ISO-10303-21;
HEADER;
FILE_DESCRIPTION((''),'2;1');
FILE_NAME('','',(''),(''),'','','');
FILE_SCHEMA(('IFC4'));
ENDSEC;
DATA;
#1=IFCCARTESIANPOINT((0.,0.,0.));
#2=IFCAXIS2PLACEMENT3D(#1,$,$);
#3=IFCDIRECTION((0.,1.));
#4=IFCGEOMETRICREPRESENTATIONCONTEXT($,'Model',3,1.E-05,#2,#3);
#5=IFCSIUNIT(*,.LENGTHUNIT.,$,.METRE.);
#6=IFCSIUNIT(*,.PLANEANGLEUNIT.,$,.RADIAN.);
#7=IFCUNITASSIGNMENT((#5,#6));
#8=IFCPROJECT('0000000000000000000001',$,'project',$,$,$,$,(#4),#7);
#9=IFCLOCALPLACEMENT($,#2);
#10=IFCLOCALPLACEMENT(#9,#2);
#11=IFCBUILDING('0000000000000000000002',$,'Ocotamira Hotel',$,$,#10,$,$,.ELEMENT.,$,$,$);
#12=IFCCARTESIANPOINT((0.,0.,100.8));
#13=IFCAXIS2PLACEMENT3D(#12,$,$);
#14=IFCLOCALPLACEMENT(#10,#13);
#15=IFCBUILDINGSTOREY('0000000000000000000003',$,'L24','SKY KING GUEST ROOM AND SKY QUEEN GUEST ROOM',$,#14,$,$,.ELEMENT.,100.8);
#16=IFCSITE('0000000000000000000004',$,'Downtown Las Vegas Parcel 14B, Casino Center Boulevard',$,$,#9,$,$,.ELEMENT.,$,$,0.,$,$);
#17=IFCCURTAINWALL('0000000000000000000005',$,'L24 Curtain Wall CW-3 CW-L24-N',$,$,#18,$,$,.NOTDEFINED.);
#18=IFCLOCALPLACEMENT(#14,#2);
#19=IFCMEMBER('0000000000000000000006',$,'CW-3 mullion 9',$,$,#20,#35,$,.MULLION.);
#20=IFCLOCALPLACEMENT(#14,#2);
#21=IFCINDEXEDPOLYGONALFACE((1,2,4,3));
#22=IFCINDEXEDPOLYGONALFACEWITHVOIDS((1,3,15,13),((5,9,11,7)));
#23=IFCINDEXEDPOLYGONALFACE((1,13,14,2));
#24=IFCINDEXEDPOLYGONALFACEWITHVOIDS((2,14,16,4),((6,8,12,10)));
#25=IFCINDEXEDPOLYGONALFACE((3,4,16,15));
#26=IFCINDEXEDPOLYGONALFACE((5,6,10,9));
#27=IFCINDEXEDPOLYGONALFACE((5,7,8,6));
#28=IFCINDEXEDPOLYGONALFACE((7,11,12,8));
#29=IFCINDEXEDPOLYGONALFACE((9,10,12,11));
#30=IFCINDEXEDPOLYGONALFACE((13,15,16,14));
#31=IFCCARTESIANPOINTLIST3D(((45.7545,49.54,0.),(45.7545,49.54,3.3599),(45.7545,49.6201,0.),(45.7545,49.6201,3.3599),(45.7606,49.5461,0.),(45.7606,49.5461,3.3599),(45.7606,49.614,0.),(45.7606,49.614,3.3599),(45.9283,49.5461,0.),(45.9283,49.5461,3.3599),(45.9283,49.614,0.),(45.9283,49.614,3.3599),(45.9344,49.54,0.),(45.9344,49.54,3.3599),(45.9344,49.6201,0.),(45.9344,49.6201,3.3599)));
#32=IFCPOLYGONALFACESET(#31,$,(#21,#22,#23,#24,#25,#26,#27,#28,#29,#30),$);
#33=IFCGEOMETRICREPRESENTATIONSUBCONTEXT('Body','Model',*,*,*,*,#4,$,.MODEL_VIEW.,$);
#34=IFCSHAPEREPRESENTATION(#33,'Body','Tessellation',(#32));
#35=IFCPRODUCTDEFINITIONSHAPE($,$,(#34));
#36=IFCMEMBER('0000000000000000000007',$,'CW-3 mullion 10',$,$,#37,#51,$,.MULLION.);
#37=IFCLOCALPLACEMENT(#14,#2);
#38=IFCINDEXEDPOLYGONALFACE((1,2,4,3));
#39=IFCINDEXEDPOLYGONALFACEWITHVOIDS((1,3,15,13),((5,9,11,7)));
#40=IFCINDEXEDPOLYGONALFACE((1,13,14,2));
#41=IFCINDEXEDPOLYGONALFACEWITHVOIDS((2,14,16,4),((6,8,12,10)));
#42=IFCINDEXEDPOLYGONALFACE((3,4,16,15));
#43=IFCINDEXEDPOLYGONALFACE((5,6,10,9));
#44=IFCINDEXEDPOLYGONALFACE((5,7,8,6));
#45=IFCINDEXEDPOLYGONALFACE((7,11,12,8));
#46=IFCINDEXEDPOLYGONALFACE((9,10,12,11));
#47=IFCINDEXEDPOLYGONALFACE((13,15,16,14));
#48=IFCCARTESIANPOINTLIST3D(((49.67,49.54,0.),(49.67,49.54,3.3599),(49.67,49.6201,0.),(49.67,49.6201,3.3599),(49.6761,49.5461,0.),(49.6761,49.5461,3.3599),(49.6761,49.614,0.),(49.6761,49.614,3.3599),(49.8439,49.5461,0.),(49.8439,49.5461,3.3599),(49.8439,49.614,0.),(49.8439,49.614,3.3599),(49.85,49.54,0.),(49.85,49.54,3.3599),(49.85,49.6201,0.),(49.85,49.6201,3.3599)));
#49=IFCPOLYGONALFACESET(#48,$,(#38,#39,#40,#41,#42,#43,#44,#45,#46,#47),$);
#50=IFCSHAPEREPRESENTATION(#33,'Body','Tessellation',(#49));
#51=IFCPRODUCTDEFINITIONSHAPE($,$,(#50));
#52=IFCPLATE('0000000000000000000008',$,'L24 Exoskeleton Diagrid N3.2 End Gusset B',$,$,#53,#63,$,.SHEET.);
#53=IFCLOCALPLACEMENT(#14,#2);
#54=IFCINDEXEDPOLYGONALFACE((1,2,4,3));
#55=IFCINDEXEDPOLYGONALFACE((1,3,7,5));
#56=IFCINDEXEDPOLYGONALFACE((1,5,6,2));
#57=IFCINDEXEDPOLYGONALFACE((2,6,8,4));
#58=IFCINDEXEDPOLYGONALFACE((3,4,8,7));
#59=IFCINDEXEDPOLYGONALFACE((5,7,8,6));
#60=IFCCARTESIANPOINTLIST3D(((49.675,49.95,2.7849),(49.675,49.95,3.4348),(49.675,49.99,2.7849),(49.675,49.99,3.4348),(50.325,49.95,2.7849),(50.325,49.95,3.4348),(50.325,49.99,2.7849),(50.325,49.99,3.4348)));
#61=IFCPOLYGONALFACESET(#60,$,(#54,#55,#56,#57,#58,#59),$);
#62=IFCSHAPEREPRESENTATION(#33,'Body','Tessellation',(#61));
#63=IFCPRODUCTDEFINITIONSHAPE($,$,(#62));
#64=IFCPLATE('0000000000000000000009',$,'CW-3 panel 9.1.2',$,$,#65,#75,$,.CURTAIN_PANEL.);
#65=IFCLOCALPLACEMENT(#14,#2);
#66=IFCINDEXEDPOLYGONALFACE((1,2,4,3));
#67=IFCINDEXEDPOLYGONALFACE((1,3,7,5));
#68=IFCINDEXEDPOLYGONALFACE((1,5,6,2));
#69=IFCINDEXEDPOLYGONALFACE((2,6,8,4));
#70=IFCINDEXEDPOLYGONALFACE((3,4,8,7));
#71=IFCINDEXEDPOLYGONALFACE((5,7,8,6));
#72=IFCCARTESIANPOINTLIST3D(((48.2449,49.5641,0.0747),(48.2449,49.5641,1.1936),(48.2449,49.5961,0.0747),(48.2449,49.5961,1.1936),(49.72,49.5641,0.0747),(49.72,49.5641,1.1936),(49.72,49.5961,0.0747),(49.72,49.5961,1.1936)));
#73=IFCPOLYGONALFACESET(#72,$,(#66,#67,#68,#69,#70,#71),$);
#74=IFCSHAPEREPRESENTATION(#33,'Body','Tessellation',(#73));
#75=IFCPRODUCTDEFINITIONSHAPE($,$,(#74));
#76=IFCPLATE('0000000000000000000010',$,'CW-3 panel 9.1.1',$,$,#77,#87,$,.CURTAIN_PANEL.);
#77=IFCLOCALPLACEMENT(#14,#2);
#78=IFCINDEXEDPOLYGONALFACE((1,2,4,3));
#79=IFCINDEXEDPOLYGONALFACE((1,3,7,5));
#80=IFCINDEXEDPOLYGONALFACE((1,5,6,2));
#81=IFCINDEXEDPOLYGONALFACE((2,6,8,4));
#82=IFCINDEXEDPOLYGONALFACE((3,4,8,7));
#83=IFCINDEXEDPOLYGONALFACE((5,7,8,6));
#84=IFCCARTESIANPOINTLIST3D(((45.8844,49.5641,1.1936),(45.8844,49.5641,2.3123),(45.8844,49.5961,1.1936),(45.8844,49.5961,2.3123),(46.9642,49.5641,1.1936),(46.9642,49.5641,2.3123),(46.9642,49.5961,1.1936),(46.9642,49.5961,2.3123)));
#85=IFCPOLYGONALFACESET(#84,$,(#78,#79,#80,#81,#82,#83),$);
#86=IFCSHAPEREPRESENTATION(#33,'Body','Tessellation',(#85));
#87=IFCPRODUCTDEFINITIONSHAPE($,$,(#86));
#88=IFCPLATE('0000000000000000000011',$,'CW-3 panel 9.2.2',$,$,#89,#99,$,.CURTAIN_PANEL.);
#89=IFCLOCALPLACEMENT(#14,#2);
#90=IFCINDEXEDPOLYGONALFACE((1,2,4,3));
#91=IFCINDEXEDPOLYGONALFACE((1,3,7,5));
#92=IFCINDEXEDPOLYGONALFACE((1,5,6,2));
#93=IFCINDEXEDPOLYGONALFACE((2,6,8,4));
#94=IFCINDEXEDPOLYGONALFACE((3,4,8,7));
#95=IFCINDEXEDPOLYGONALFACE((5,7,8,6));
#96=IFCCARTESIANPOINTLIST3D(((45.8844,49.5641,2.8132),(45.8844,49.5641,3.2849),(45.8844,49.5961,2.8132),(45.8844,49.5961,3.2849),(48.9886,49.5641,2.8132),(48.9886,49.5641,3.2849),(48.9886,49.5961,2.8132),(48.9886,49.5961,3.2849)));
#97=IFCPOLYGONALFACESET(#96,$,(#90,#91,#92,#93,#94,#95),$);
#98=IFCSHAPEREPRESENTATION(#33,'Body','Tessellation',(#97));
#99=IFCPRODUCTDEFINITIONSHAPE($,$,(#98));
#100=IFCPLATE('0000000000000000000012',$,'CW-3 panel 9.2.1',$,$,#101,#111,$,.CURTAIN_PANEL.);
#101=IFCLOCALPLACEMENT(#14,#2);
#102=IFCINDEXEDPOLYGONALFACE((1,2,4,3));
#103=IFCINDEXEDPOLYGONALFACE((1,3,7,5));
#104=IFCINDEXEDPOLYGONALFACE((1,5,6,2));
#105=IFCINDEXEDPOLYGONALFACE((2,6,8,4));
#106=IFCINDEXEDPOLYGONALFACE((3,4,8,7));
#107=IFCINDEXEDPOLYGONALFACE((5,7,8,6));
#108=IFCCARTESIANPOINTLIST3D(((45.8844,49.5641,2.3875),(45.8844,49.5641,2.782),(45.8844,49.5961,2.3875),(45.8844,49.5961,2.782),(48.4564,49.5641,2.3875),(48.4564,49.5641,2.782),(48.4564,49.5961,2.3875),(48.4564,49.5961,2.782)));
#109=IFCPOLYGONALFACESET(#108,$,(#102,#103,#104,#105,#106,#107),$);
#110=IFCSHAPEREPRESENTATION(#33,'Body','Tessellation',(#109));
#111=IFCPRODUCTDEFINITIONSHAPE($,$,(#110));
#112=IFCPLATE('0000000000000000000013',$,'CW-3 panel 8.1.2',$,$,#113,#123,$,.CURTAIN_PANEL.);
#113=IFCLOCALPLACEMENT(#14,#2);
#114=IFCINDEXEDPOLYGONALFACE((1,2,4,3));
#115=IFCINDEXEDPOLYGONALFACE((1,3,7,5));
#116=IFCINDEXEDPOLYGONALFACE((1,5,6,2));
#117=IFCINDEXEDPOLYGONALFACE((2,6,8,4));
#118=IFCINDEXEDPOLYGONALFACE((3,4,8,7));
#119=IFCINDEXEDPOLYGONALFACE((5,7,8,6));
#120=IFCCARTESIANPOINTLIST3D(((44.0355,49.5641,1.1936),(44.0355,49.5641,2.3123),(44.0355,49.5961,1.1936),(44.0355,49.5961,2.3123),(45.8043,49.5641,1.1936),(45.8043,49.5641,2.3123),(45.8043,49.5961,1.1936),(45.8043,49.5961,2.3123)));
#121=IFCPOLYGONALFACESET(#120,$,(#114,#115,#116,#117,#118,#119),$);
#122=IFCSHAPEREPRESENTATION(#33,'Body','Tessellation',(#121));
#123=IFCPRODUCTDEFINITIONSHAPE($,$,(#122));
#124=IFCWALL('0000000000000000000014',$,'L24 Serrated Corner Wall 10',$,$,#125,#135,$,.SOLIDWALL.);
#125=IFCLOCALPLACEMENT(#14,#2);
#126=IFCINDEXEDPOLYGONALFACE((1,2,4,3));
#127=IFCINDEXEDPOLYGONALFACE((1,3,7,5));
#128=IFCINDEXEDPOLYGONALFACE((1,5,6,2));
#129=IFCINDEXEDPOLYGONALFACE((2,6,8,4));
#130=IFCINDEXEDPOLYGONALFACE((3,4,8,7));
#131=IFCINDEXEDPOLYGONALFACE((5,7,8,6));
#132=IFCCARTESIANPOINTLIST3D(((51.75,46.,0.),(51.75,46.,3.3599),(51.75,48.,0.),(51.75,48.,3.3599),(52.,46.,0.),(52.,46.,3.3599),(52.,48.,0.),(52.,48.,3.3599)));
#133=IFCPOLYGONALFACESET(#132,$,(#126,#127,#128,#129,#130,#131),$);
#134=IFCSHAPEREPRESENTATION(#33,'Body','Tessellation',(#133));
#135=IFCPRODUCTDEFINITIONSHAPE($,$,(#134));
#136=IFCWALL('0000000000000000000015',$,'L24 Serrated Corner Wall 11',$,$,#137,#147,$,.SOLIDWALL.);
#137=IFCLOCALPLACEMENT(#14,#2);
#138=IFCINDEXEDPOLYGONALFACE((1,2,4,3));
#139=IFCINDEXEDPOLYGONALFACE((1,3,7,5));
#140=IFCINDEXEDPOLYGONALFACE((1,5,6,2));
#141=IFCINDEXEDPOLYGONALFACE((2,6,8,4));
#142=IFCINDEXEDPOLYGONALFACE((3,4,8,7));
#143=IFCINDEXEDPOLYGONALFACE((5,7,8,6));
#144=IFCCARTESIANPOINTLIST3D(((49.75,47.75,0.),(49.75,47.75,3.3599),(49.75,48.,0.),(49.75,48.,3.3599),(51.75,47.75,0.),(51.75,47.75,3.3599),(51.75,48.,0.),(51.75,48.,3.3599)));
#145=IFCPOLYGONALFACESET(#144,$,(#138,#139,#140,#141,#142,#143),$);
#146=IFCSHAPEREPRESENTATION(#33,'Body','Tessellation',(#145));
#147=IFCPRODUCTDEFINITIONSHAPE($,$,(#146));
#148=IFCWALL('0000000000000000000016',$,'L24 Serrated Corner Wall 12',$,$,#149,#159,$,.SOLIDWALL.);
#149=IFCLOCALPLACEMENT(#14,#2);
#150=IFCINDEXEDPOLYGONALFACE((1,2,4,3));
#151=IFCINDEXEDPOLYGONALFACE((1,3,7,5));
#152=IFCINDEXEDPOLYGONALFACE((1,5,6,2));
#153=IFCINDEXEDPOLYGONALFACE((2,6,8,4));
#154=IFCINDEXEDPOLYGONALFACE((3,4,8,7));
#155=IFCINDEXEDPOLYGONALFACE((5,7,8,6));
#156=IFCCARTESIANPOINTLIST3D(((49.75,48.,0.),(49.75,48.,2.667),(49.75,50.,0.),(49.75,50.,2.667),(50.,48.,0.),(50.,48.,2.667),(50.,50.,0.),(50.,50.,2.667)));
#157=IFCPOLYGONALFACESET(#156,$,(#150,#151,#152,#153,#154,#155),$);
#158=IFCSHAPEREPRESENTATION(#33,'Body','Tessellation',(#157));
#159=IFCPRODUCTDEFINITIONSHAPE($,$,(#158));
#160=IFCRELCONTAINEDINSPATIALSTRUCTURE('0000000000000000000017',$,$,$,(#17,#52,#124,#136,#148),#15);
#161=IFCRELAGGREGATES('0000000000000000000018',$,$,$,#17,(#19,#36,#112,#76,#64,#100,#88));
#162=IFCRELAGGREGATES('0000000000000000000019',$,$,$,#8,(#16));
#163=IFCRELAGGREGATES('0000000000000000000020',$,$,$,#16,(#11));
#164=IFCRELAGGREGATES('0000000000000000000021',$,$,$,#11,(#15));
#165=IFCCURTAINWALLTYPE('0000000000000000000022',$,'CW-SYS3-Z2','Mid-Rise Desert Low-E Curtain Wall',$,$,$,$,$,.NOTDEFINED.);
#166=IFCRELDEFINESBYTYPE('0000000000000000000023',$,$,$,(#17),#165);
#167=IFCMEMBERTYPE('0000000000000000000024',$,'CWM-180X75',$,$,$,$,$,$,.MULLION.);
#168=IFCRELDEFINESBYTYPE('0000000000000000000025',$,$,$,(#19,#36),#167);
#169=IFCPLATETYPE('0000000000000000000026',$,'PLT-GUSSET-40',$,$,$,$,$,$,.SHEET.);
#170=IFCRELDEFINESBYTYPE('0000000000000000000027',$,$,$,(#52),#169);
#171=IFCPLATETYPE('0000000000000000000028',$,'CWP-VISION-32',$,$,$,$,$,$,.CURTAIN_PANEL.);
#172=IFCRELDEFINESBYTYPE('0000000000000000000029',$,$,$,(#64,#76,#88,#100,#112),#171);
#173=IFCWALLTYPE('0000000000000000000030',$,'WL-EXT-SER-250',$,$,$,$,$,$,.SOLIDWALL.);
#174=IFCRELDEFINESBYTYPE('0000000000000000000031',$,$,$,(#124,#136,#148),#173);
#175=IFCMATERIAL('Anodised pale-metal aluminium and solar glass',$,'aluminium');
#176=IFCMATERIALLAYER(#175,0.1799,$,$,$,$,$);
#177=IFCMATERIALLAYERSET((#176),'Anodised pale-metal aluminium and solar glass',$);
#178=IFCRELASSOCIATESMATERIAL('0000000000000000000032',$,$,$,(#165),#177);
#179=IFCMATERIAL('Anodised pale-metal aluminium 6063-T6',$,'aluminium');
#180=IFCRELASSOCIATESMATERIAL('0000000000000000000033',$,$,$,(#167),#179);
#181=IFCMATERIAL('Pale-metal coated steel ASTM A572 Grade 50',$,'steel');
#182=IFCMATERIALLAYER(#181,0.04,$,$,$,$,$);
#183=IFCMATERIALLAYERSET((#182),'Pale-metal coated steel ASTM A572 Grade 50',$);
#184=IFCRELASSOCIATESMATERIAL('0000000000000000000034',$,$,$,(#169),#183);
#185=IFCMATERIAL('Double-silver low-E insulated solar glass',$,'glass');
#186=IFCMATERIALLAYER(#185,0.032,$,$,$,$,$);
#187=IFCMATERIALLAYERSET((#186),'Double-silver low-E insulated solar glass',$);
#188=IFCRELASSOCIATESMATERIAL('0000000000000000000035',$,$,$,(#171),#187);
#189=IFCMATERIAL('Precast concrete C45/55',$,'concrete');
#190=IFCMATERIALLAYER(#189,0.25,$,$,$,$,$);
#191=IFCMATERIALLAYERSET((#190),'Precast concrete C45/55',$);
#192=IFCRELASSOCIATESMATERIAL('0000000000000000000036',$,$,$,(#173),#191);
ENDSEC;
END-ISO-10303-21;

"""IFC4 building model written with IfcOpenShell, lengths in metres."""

from ifc_helpers import new_model, si_unit, direction, frame, frame_2d, origin, origin_2d, place, context, subcontext, project, spatial, rectangle, hollow_rectangle, extrude, source, transform, mapped, material, layer, layer_set, material_profile, profile_set, type_object, element, aggregate, save


model = new_model("IFC4")

# Units and contexts
model_context = context("Model", 3, precision=1e-05, world=origin(), true_north=direction((0.0, 1.0)))
body_context = subcontext(model_context, "Body", "Model", "MODEL_VIEW")
ifc_project = project(units=[si_unit("LENGTHUNIT", "METRE"), si_unit("PLANEANGLEUNIT", "RADIAN")], contexts=[model_context])

# Site, building, storey
site_placement = place(None, origin())
site = spatial("IfcSite", under=ifc_project, at=site_placement, Name="Downtown Las Vegas Parcel 14B, Casino Center Boulevard", CompositionType="ELEMENT", RefElevation=0.0)
building_placement = place(site_placement, origin())
building = spatial("IfcBuilding", under=site, at=building_placement, Name="Ocotamira Hotel", CompositionType="ELEMENT")
storey_placement = place(building_placement, frame((0.0, 0.0, 100.8)))
storey = spatial("IfcBuildingStorey", under=building, at=storey_placement, Name="L24", Description="SKY KING GUEST ROOM AND SKY QUEEN GUEST ROOM", CompositionType="ELEMENT", Elevation=100.8)

# Curtain wall, members
ifc_material_1 = material(Name="Anodised pale-metal aluminium and solar glass", Category="aluminium")
ifc_layer_1 = layer(ifc_material_1, 0.1799)
ifc_layer_set_1 = layer_set([ifc_layer_1], Name="Anodised pale-metal aluminium and solar glass")
curtain_wall_type = type_object("IfcCurtainWallType", Name="CW-SYS3-Z2", Description="Mid-Rise Desert Low-E Curtain Wall", PredefinedType="NOTDEFINED", material=ifc_layer_set_1)
curtain_wall_placement = place(storey_placement, origin())
curtain_wall = element("IfcCurtainWall", 1, at=curtain_wall_placement, inside=storey, type_object=curtain_wall_type, Name="L24 Curtain Wall CW-3 CW-L24-N", PredefinedType="NOTDEFINED")
ifc_material_2 = material(Name="Anodised pale-metal aluminium 6063-T6", Category="aluminium")
ifc_material_profile_1 = material_profile(ifc_material_2, hollow_rectangle(XDim=0.0801, YDim=0.1799, WallThickness=0.0061, at=origin_2d()), Name="HSS180X80X6")
ifc_profile_set_1 = profile_set([ifc_material_profile_1], Name="Anodised pale-metal aluminium 6063-T6")
member_type_1 = type_object("IfcMemberType", Name="CWM-180X75", PredefinedType="MULLION", material=ifc_profile_set_1)
shared_shape_1 = source(origin(), body_context, "Body", "SweptSolid", [
    extrude(hollow_rectangle(XDim=0.0801, YDim=0.1799, WallThickness=0.0061, at=origin_2d()), origin(), (0.0, 0.0, 1.0), 3.3599),
])
member_1_placement = place(storey_placement, frame((45.8445, 49.5801, 0.0), z_axis=(0.0, 0.0, 1.0), x_axis=(0.0, 1.0, 0.0)))
member_1 = element("IfcMember", 2, at=member_1_placement, type_object=member_type_1, Name="CW-3 mullion 9", PredefinedType="MULLION", context=body_context, shape_type="MappedRepresentation", body=[
    mapped(shared_shape_1, transform((0.0, 0.0, 0.0), scale=1.0)),
])
member_2_placement = place(storey_placement, frame((49.76, 49.5801, 0.0), z_axis=(0.0, 0.0, 1.0), x_axis=(0.0, 1.0, 0.0)))
member_2 = element("IfcMember", 3, at=member_2_placement, type_object=member_type_1, Name="CW-3 mullion 10", PredefinedType="MULLION", context=body_context, shape_type="MappedRepresentation", body=[
    mapped(shared_shape_1, transform((0.0, 0.0, 0.0), scale=1.0)),
])

# Plates
ifc_material_3 = material(Name="Pale-metal coated steel ASTM A572 Grade 50", Category="steel")
ifc_layer_2 = layer(ifc_material_3, 0.04)
ifc_layer_set_2 = layer_set([ifc_layer_2], Name="Pale-metal coated steel ASTM A572 Grade 50")
plate_type_1 = type_object("IfcPlateType", Name="PLT-GUSSET-40", PredefinedType="SHEET", material=ifc_layer_set_2)
shared_shape_2 = source(origin(), body_context, "Body", "SweptSolid", [
    extrude(rectangle(XDim=0.6499, YDim=0.04, at=origin_2d()), origin(), (0.0, 0.0, 1.0), 0.6499),
])
plate_1_placement = place(storey_placement, frame((50.0, 49.97, 2.7849), z_axis=(0.0, 0.0, 1.0), x_axis=(1.0, 0.0, 0.0)))
element("IfcPlate", 4, at=plate_1_placement, inside=storey, type_object=plate_type_1, Name="L24 Exoskeleton Diagrid N3.2 End Gusset B", PredefinedType="SHEET", context=body_context, shape_type="MappedRepresentation", body=[
    mapped(shared_shape_2, transform((0.0, 0.0, 0.0), scale=1.0)),
])
ifc_material_4 = material(Name="Double-silver low-E insulated solar glass", Category="glass")
ifc_layer_3 = layer(ifc_material_4, 0.032)
ifc_layer_set_3 = layer_set([ifc_layer_3], Name="Double-silver low-E insulated solar glass")
plate_type_2 = type_object("IfcPlateType", Name="CWP-VISION-32", PredefinedType="CURTAIN_PANEL", material=ifc_layer_set_3)
shared_shape_3 = source(origin(), body_context, "Body", "SweptSolid", [
    extrude(rectangle(XDim=1.4751, YDim=0.032, at=origin_2d()), origin(), (0.0, 0.0, 1.0), 1.1189),
])
plate_2_placement = place(storey_placement, frame((48.9824, 49.5801, 0.0747), z_axis=(0.0, 0.0, 1.0), x_axis=(1.0, 0.0, 0.0)))
plate_2 = element("IfcPlate", 5, at=plate_2_placement, type_object=plate_type_2, Name="CW-3 panel 9.1.2", PredefinedType="CURTAIN_PANEL", context=body_context, shape_type="MappedRepresentation", body=[
    mapped(shared_shape_3, transform((0.0, 0.0, 0.0), scale=1.0)),
])
shared_shape_4 = source(origin(), body_context, "Body", "SweptSolid", [
    extrude(rectangle(XDim=1.0798, YDim=0.032, at=origin_2d()), origin(), (0.0, 0.0, 1.0), 1.1187),
])
plate_3_placement = place(storey_placement, frame((46.4243, 49.5801, 1.1936), z_axis=(0.0, 0.0, 1.0), x_axis=(1.0, 0.0, 0.0)))
plate_3 = element("IfcPlate", 6, at=plate_3_placement, type_object=plate_type_2, Name="CW-3 panel 9.1.1", PredefinedType="CURTAIN_PANEL", context=body_context, shape_type="MappedRepresentation", body=[
    mapped(shared_shape_4, transform((0.0, 0.0, 0.0), scale=1.0)),
])
shared_shape_5 = source(origin(), body_context, "Body", "SweptSolid", [
    extrude(rectangle(XDim=3.1042, YDim=0.032, at=origin_2d()), origin(), (0.0, 0.0, 1.0), 0.4717),
])
plate_4_placement = place(storey_placement, frame((47.4365, 49.5801, 2.8132), z_axis=(0.0, 0.0, 1.0), x_axis=(1.0, 0.0, 0.0)))
plate_4 = element("IfcPlate", 7, at=plate_4_placement, type_object=plate_type_2, Name="CW-3 panel 9.2.2", PredefinedType="CURTAIN_PANEL", context=body_context, shape_type="MappedRepresentation", body=[
    mapped(shared_shape_5, transform((0.0, 0.0, 0.0), scale=1.0)),
])
shared_shape_6 = source(origin(), body_context, "Body", "SweptSolid", [
    extrude(rectangle(XDim=2.572, YDim=0.032, at=origin_2d()), origin(), (0.0, 0.0, 1.0), 0.3945),
])
plate_5_placement = place(storey_placement, frame((47.1704, 49.5801, 2.3875), z_axis=(0.0, 0.0, 1.0), x_axis=(1.0, 0.0, 0.0)))
plate_5 = element("IfcPlate", 8, at=plate_5_placement, type_object=plate_type_2, Name="CW-3 panel 9.2.1", PredefinedType="CURTAIN_PANEL", context=body_context, shape_type="MappedRepresentation", body=[
    mapped(shared_shape_6, transform((0.0, 0.0, 0.0), scale=1.0)),
])
shared_shape_7 = source(origin(), body_context, "Body", "SweptSolid", [
    extrude(rectangle(XDim=1.7688, YDim=0.032, at=origin_2d()), origin(), (0.0, 0.0, 1.0), 1.1187),
])
plate_6_placement = place(storey_placement, frame((44.9199, 49.5801, 1.1936), z_axis=(0.0, 0.0, 1.0), x_axis=(1.0, 0.0, 0.0)))
plate_6 = element("IfcPlate", 9, at=plate_6_placement, type_object=plate_type_2, Name="CW-3 panel 8.1.2", PredefinedType="CURTAIN_PANEL", context=body_context, shape_type="MappedRepresentation", body=[
    mapped(shared_shape_7, transform((0.0, 0.0, 0.0), scale=1.0)),
])
aggregate(curtain_wall, [member_1, member_2, plate_6, plate_3, plate_2, plate_5, plate_4])

# Walls
ifc_material_5 = material(Name="Precast concrete C45/55", Category="concrete")
ifc_layer_4 = layer(ifc_material_5, 0.25)
ifc_layer_set_4 = layer_set([ifc_layer_4], Name="Precast concrete C45/55")
wall_type = type_object("IfcWallType", Name="WL-EXT-SER-250", PredefinedType="SOLIDWALL", material=ifc_layer_set_4)
for number, where, z_axis, x_axis, name in (
    (10, (51.875, 46.0, 0.0), (0.0, 0.0, 1.0), (0.0, 1.0, 0.0), "L24 Serrated Corner Wall 10"),
    (11, (51.75, 47.875, 0.0), (0.0, 0.0, 1.0), (-1.0, 0.0, 0.0), "L24 Serrated Corner Wall 11"),
):
    element("IfcWall", number, at=place(storey_placement, frame(where, z_axis=z_axis, x_axis=x_axis)), inside=storey, type_object=wall_type, Name=name, PredefinedType="SOLIDWALL", context=body_context, shape_type="SweptSolid", body=[
        extrude(rectangle(XDim=2.0, YDim=0.25, at=frame_2d((1.0, 0.0))), origin(), (0.0, 0.0, 1.0), 3.3599),
    ])
wall_placement = place(storey_placement, frame((49.875, 48.0, 0.0), z_axis=(0.0, 0.0, 1.0), x_axis=(0.0, 1.0, 0.0)))
element("IfcWall", 12, at=wall_placement, inside=storey, type_object=wall_type, Name="L24 Serrated Corner Wall 12", PredefinedType="SOLIDWALL", context=body_context, shape_type="SweptSolid", body=[
    extrude(rectangle(XDim=2.0, YDim=0.25, at=frame_2d((1.0, 0.0))), origin(), (0.0, 0.0, 1.0), 2.667),
])

save(model, "model.ifc")
